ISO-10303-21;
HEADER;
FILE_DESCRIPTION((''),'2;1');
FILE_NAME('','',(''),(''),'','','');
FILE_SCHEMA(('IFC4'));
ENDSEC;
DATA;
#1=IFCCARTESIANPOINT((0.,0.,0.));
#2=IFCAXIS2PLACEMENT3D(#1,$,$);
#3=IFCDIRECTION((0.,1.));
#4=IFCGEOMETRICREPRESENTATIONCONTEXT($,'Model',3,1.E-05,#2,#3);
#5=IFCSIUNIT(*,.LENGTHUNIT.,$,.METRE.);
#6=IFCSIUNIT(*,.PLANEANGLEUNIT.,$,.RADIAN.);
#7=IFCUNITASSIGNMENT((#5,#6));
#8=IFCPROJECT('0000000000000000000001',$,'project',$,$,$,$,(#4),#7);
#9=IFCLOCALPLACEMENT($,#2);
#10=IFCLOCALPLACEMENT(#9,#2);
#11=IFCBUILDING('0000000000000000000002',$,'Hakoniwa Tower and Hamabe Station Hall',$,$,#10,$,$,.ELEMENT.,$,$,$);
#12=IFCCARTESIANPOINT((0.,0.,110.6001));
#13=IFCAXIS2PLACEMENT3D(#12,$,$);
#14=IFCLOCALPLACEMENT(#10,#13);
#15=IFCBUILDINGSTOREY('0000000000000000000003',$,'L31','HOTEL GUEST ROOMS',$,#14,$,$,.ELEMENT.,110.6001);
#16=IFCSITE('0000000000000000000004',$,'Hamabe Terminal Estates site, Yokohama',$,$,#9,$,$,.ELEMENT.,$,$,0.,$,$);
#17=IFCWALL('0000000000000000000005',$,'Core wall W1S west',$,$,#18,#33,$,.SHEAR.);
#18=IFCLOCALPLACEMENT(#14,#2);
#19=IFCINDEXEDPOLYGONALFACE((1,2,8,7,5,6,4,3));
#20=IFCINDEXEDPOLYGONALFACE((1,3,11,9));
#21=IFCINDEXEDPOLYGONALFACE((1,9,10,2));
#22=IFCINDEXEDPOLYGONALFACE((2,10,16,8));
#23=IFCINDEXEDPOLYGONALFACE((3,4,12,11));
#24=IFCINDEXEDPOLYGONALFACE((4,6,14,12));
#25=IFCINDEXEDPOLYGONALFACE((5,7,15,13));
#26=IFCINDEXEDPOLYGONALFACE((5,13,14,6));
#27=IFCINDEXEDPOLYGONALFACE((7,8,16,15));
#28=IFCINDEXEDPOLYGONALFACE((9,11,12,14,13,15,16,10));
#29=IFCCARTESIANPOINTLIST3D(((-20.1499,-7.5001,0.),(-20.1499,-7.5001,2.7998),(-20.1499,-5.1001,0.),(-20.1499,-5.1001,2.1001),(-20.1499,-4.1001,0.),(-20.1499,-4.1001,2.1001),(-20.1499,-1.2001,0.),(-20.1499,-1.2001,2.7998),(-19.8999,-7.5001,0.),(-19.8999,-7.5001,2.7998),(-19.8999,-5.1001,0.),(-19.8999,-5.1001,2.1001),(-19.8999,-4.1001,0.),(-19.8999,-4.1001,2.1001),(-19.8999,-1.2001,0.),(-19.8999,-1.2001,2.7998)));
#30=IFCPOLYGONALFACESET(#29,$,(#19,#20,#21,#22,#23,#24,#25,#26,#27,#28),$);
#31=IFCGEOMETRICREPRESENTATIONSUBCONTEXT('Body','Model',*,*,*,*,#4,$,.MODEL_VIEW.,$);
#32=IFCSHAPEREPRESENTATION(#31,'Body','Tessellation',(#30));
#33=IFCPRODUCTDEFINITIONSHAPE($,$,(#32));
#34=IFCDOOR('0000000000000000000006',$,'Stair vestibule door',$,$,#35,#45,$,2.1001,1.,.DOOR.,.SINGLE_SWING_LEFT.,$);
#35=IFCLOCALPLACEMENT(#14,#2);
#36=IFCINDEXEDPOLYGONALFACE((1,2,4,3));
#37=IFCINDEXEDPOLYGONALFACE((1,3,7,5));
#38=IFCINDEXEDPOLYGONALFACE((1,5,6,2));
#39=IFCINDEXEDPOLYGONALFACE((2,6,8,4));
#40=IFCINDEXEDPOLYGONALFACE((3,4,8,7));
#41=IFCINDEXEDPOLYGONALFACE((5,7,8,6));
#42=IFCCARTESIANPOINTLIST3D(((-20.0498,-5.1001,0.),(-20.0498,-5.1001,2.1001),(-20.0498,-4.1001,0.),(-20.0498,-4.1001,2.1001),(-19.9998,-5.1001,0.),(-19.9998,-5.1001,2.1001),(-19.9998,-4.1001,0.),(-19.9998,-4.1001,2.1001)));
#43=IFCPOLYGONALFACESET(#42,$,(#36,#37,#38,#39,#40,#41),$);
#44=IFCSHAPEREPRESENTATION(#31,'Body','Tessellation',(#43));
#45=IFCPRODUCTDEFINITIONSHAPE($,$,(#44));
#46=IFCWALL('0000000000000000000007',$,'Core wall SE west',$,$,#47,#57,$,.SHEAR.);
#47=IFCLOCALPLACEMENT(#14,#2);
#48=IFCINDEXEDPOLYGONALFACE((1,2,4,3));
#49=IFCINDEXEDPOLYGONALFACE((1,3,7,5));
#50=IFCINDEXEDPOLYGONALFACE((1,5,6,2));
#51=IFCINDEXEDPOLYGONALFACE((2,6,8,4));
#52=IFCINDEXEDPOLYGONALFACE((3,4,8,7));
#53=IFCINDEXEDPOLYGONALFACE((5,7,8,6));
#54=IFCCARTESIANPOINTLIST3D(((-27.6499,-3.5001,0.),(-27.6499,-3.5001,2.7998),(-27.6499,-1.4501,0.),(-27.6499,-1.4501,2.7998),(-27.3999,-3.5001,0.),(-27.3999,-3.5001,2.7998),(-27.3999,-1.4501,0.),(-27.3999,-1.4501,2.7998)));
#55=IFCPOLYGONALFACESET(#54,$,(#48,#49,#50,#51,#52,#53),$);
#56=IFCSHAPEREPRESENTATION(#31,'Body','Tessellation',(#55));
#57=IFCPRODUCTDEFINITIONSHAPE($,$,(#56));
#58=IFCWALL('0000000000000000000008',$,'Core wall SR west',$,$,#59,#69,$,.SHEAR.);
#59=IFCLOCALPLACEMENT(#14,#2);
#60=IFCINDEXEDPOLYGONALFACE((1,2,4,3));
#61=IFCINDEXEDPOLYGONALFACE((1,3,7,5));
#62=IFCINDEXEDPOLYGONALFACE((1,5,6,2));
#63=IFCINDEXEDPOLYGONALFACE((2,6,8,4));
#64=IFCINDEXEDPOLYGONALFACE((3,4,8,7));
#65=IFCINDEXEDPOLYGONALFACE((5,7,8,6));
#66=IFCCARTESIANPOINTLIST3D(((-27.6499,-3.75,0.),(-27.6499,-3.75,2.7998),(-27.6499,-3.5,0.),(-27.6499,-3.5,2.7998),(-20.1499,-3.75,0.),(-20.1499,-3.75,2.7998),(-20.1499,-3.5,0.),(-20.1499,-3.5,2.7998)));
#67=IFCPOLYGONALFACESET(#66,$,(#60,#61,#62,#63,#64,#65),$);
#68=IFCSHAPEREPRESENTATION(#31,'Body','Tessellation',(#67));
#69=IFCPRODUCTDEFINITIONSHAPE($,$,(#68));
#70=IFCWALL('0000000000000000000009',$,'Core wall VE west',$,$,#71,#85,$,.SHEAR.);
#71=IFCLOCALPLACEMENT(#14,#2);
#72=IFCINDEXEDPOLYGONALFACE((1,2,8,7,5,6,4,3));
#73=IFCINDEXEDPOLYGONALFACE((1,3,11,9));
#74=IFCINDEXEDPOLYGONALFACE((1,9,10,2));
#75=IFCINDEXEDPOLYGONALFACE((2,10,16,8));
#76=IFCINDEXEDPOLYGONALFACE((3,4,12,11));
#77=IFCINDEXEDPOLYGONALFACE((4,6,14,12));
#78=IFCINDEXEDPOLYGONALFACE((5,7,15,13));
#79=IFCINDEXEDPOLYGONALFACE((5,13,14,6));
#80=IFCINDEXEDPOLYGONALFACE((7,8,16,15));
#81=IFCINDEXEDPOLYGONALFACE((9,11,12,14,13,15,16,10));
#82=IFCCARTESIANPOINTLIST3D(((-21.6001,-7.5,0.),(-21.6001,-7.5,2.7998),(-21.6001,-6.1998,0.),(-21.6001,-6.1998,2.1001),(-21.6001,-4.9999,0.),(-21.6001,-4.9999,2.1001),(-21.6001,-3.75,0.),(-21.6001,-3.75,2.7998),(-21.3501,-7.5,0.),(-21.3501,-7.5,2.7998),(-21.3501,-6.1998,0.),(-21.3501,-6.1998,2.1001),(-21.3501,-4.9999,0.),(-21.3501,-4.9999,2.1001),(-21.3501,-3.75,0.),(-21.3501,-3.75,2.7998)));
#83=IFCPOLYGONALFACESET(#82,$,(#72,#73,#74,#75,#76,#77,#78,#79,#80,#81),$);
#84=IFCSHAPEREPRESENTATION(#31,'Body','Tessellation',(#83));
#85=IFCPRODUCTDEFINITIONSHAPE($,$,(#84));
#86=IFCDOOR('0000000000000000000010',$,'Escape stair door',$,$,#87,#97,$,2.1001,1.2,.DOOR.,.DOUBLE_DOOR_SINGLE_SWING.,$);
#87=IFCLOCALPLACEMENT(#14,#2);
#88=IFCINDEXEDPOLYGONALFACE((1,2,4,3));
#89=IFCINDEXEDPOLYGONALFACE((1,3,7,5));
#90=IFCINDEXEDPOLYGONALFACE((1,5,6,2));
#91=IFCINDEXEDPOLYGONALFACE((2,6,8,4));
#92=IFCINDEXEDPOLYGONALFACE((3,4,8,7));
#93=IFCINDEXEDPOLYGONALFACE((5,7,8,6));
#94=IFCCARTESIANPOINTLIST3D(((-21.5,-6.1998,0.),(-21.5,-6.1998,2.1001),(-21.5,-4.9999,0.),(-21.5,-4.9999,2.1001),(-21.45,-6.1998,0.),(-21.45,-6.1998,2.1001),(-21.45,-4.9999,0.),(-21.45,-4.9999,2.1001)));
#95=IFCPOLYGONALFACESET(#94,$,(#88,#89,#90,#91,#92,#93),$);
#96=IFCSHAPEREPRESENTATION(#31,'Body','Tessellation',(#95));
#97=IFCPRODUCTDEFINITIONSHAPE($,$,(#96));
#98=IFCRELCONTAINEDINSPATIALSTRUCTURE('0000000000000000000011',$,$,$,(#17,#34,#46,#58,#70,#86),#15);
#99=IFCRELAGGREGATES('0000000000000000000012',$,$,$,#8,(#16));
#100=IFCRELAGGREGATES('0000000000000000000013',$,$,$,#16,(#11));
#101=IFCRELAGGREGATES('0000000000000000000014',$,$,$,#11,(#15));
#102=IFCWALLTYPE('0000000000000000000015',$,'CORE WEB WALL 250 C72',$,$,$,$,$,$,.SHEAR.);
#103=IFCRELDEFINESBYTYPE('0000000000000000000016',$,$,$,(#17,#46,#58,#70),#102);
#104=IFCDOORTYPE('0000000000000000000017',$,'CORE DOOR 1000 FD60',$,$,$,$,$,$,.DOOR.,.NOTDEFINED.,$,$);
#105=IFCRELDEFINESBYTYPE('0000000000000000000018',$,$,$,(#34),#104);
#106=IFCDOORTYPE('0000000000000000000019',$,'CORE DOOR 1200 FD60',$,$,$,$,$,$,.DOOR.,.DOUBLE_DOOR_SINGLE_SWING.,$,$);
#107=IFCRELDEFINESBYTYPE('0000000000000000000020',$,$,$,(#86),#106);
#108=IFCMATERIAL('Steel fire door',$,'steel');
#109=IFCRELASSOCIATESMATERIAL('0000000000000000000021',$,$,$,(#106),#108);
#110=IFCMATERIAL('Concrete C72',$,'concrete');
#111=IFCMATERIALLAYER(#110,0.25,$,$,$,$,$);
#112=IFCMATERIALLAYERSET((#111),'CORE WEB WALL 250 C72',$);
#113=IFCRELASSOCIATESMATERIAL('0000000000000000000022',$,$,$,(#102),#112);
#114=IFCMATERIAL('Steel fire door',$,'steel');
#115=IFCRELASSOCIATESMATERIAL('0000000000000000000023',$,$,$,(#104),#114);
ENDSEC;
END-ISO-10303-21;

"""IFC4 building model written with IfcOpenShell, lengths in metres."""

from ifc_helpers import new_model, si_unit, direction, frame, frame_2d, origin, place, context, subcontext, project, spatial, rectangle, extrude, material, layer, layer_set, type_object, element, fill, save


model = new_model("IFC4")

# Units and contexts
model_context = context("Model", 3, precision=1e-05, world=origin(), true_north=direction((0.0, 1.0)))
body_context = subcontext(model_context, "Body", "Model", "MODEL_VIEW")
ifc_project = project(units=[si_unit("LENGTHUNIT", "METRE"), si_unit("PLANEANGLEUNIT", "RADIAN")], contexts=[model_context])

# Site, building, storey
site_placement = place(None, origin())
site = spatial("IfcSite", under=ifc_project, at=site_placement, Name="Hamabe Terminal Estates site, Yokohama", CompositionType="ELEMENT", RefElevation=0.0)
building_placement = place(site_placement, origin())
building = spatial("IfcBuilding", under=site, at=building_placement, Name="Hakoniwa Tower and Hamabe Station Hall", CompositionType="ELEMENT")
storey_placement = place(building_placement, frame((0.0, 0.0, 110.6001)))
storey = spatial("IfcBuildingStorey", under=building, at=storey_placement, Name="L31", Description="HOTEL GUEST ROOMS", CompositionType="ELEMENT", Elevation=110.6001)

# Wall, opening, door
ifc_material_1 = material(Name="Steel fire door", Category="steel")
door_type_1 = type_object("IfcDoorType", Name="CORE DOOR 1200 FD60", OperationType="DOUBLE_DOOR_SINGLE_SWING", PredefinedType="DOOR", material=ifc_material_1)
ifc_material_2 = material(Name="Concrete C72", Category="concrete")
ifc_layer_1 = layer(ifc_material_2, 0.25)
ifc_layer_set_1 = layer_set([ifc_layer_1], Name="CORE WEB WALL 250 C72")
wall_type_1 = type_object("IfcWallType", Name="CORE WEB WALL 250 C72", PredefinedType="SHEAR", material=ifc_layer_set_1)
wall_1_placement = place(storey_placement, frame((-20.0249, -7.5, 0.0), z_axis=(0.0, 0.0, 1.0), x_axis=(0.0, 1.0, 0.0)))
wall_1 = element("IfcWall", 1, at=wall_1_placement, inside=storey, type_object=wall_type_1, Name="Core wall W1S west", PredefinedType="SHEAR", context=body_context, shape_type="SweptSolid", body=[
    extrude(rectangle(XDim=6.3, YDim=0.25, at=frame_2d((3.1499, 0.0))), origin(), (0.0, 0.0, 1.0), 2.7998),
])
opening_1_placement = place(wall_1_placement, frame((2.3999, 0.0, 0.0)))
opening_1 = element("IfcOpeningElement", 2, at=opening_1_placement, cuts=wall_1, PredefinedType="OPENING", context=body_context, shape_type="SweptSolid", body=[
    extrude(rectangle(XDim=1.0, YDim=2.1001, at=frame_2d((0.5, 1.05))), frame((0.0, 0.135, 0.0), z_axis=(0.0, -1.0, 0.0), x_axis=(1.0, 0.0, 0.0)), (0.0, 0.0, 1.0), 0.27),
])
ifc_material_3 = material(Name="Steel fire door", Category="steel")
door_type_2 = type_object("IfcDoorType", Name="CORE DOOR 1000 FD60", OperationType="NOTDEFINED", PredefinedType="DOOR", material=ifc_material_3)
door_1_placement = place(opening_1_placement, origin())
door_1 = element("IfcDoor", 3, at=door_1_placement, inside=storey, type_object=door_type_2, Name="Stair vestibule door", OperationType="SINGLE_SWING_LEFT", OverallHeight=2.1001, OverallWidth=1.0, PredefinedType="DOOR", context=body_context, shape_type="SweptSolid", body=[
    extrude(rectangle(XDim=1.0, YDim=2.1001, at=frame_2d((0.5, 1.05))), frame((0.0, 0.0249, 0.0), z_axis=(0.0, -1.0, 0.0), x_axis=(1.0, 0.0, 0.0)), (0.0, 0.0, 1.0), 0.05),
])
fill(opening_1, door_1)

# Walls
wall_2_placement = place(storey_placement, frame((-27.5249, -3.5, 0.0), z_axis=(0.0, 0.0, 1.0), x_axis=(0.0, 1.0, 0.0)))
element("IfcWall", 4, at=wall_2_placement, inside=storey, type_object=wall_type_1, Name="Core wall SE west", PredefinedType="SHEAR", context=body_context, shape_type="SweptSolid", body=[
    extrude(rectangle(XDim=2.05, YDim=0.25, at=frame_2d((1.0249, 0.0))), origin(), (0.0, 0.0, 1.0), 2.7998),
])
wall_3_placement = place(storey_placement, frame((-27.6499, -3.625, 0.0), z_axis=(0.0, 0.0, 1.0), x_axis=(1.0, 0.0, 0.0)))
element("IfcWall", 5, at=wall_3_placement, inside=storey, type_object=wall_type_1, Name="Core wall SR west", PredefinedType="SHEAR", context=body_context, shape_type="SweptSolid", body=[
    extrude(rectangle(XDim=7.5, YDim=0.25, at=frame_2d((3.75, 0.0))), origin(), (0.0, 0.0, 1.0), 2.7998),
])

# Wall, opening, door
wall_4_placement = place(storey_placement, frame((-21.4751, -7.5, 0.0), z_axis=(0.0, 0.0, 1.0), x_axis=(0.0, 1.0, 0.0)))
wall_4 = element("IfcWall", 6, at=wall_4_placement, inside=storey, type_object=wall_type_1, Name="Core wall VE west", PredefinedType="SHEAR", context=body_context, shape_type="SweptSolid", body=[
    extrude(rectangle(XDim=3.75, YDim=0.25, at=frame_2d((1.875, 0.0))), origin(), (0.0, 0.0, 1.0), 2.7998),
])
opening_2_placement = place(wall_4_placement, frame((1.3, 0.0, 0.0)))
opening_2 = element("IfcOpeningElement", 7, at=opening_2_placement, cuts=wall_4, PredefinedType="OPENING", context=body_context, shape_type="SweptSolid", body=[
    extrude(rectangle(XDim=1.2, YDim=2.1001, at=frame_2d((0.6001, 1.05))), frame((0.0, 0.135, 0.0), z_axis=(0.0, -1.0, 0.0), x_axis=(1.0, 0.0, 0.0)), (0.0, 0.0, 1.0), 0.27),
])
door_2_placement = place(opening_2_placement, origin())
door_2 = element("IfcDoor", 8, at=door_2_placement, inside=storey, type_object=door_type_1, Name="Escape stair door", OperationType="DOUBLE_DOOR_SINGLE_SWING", OverallHeight=2.1001, OverallWidth=1.2, PredefinedType="DOOR", context=body_context, shape_type="SweptSolid", body=[
    extrude(rectangle(XDim=1.2, YDim=2.1001, at=frame_2d((0.6001, 1.05))), frame((0.0, 0.0249, 0.0), z_axis=(0.0, -1.0, 0.0), x_axis=(1.0, 0.0, 0.0)), (0.0, 0.0, 1.0), 0.05),
])
fill(opening_2, door_2)

save(model, "model.ifc")
